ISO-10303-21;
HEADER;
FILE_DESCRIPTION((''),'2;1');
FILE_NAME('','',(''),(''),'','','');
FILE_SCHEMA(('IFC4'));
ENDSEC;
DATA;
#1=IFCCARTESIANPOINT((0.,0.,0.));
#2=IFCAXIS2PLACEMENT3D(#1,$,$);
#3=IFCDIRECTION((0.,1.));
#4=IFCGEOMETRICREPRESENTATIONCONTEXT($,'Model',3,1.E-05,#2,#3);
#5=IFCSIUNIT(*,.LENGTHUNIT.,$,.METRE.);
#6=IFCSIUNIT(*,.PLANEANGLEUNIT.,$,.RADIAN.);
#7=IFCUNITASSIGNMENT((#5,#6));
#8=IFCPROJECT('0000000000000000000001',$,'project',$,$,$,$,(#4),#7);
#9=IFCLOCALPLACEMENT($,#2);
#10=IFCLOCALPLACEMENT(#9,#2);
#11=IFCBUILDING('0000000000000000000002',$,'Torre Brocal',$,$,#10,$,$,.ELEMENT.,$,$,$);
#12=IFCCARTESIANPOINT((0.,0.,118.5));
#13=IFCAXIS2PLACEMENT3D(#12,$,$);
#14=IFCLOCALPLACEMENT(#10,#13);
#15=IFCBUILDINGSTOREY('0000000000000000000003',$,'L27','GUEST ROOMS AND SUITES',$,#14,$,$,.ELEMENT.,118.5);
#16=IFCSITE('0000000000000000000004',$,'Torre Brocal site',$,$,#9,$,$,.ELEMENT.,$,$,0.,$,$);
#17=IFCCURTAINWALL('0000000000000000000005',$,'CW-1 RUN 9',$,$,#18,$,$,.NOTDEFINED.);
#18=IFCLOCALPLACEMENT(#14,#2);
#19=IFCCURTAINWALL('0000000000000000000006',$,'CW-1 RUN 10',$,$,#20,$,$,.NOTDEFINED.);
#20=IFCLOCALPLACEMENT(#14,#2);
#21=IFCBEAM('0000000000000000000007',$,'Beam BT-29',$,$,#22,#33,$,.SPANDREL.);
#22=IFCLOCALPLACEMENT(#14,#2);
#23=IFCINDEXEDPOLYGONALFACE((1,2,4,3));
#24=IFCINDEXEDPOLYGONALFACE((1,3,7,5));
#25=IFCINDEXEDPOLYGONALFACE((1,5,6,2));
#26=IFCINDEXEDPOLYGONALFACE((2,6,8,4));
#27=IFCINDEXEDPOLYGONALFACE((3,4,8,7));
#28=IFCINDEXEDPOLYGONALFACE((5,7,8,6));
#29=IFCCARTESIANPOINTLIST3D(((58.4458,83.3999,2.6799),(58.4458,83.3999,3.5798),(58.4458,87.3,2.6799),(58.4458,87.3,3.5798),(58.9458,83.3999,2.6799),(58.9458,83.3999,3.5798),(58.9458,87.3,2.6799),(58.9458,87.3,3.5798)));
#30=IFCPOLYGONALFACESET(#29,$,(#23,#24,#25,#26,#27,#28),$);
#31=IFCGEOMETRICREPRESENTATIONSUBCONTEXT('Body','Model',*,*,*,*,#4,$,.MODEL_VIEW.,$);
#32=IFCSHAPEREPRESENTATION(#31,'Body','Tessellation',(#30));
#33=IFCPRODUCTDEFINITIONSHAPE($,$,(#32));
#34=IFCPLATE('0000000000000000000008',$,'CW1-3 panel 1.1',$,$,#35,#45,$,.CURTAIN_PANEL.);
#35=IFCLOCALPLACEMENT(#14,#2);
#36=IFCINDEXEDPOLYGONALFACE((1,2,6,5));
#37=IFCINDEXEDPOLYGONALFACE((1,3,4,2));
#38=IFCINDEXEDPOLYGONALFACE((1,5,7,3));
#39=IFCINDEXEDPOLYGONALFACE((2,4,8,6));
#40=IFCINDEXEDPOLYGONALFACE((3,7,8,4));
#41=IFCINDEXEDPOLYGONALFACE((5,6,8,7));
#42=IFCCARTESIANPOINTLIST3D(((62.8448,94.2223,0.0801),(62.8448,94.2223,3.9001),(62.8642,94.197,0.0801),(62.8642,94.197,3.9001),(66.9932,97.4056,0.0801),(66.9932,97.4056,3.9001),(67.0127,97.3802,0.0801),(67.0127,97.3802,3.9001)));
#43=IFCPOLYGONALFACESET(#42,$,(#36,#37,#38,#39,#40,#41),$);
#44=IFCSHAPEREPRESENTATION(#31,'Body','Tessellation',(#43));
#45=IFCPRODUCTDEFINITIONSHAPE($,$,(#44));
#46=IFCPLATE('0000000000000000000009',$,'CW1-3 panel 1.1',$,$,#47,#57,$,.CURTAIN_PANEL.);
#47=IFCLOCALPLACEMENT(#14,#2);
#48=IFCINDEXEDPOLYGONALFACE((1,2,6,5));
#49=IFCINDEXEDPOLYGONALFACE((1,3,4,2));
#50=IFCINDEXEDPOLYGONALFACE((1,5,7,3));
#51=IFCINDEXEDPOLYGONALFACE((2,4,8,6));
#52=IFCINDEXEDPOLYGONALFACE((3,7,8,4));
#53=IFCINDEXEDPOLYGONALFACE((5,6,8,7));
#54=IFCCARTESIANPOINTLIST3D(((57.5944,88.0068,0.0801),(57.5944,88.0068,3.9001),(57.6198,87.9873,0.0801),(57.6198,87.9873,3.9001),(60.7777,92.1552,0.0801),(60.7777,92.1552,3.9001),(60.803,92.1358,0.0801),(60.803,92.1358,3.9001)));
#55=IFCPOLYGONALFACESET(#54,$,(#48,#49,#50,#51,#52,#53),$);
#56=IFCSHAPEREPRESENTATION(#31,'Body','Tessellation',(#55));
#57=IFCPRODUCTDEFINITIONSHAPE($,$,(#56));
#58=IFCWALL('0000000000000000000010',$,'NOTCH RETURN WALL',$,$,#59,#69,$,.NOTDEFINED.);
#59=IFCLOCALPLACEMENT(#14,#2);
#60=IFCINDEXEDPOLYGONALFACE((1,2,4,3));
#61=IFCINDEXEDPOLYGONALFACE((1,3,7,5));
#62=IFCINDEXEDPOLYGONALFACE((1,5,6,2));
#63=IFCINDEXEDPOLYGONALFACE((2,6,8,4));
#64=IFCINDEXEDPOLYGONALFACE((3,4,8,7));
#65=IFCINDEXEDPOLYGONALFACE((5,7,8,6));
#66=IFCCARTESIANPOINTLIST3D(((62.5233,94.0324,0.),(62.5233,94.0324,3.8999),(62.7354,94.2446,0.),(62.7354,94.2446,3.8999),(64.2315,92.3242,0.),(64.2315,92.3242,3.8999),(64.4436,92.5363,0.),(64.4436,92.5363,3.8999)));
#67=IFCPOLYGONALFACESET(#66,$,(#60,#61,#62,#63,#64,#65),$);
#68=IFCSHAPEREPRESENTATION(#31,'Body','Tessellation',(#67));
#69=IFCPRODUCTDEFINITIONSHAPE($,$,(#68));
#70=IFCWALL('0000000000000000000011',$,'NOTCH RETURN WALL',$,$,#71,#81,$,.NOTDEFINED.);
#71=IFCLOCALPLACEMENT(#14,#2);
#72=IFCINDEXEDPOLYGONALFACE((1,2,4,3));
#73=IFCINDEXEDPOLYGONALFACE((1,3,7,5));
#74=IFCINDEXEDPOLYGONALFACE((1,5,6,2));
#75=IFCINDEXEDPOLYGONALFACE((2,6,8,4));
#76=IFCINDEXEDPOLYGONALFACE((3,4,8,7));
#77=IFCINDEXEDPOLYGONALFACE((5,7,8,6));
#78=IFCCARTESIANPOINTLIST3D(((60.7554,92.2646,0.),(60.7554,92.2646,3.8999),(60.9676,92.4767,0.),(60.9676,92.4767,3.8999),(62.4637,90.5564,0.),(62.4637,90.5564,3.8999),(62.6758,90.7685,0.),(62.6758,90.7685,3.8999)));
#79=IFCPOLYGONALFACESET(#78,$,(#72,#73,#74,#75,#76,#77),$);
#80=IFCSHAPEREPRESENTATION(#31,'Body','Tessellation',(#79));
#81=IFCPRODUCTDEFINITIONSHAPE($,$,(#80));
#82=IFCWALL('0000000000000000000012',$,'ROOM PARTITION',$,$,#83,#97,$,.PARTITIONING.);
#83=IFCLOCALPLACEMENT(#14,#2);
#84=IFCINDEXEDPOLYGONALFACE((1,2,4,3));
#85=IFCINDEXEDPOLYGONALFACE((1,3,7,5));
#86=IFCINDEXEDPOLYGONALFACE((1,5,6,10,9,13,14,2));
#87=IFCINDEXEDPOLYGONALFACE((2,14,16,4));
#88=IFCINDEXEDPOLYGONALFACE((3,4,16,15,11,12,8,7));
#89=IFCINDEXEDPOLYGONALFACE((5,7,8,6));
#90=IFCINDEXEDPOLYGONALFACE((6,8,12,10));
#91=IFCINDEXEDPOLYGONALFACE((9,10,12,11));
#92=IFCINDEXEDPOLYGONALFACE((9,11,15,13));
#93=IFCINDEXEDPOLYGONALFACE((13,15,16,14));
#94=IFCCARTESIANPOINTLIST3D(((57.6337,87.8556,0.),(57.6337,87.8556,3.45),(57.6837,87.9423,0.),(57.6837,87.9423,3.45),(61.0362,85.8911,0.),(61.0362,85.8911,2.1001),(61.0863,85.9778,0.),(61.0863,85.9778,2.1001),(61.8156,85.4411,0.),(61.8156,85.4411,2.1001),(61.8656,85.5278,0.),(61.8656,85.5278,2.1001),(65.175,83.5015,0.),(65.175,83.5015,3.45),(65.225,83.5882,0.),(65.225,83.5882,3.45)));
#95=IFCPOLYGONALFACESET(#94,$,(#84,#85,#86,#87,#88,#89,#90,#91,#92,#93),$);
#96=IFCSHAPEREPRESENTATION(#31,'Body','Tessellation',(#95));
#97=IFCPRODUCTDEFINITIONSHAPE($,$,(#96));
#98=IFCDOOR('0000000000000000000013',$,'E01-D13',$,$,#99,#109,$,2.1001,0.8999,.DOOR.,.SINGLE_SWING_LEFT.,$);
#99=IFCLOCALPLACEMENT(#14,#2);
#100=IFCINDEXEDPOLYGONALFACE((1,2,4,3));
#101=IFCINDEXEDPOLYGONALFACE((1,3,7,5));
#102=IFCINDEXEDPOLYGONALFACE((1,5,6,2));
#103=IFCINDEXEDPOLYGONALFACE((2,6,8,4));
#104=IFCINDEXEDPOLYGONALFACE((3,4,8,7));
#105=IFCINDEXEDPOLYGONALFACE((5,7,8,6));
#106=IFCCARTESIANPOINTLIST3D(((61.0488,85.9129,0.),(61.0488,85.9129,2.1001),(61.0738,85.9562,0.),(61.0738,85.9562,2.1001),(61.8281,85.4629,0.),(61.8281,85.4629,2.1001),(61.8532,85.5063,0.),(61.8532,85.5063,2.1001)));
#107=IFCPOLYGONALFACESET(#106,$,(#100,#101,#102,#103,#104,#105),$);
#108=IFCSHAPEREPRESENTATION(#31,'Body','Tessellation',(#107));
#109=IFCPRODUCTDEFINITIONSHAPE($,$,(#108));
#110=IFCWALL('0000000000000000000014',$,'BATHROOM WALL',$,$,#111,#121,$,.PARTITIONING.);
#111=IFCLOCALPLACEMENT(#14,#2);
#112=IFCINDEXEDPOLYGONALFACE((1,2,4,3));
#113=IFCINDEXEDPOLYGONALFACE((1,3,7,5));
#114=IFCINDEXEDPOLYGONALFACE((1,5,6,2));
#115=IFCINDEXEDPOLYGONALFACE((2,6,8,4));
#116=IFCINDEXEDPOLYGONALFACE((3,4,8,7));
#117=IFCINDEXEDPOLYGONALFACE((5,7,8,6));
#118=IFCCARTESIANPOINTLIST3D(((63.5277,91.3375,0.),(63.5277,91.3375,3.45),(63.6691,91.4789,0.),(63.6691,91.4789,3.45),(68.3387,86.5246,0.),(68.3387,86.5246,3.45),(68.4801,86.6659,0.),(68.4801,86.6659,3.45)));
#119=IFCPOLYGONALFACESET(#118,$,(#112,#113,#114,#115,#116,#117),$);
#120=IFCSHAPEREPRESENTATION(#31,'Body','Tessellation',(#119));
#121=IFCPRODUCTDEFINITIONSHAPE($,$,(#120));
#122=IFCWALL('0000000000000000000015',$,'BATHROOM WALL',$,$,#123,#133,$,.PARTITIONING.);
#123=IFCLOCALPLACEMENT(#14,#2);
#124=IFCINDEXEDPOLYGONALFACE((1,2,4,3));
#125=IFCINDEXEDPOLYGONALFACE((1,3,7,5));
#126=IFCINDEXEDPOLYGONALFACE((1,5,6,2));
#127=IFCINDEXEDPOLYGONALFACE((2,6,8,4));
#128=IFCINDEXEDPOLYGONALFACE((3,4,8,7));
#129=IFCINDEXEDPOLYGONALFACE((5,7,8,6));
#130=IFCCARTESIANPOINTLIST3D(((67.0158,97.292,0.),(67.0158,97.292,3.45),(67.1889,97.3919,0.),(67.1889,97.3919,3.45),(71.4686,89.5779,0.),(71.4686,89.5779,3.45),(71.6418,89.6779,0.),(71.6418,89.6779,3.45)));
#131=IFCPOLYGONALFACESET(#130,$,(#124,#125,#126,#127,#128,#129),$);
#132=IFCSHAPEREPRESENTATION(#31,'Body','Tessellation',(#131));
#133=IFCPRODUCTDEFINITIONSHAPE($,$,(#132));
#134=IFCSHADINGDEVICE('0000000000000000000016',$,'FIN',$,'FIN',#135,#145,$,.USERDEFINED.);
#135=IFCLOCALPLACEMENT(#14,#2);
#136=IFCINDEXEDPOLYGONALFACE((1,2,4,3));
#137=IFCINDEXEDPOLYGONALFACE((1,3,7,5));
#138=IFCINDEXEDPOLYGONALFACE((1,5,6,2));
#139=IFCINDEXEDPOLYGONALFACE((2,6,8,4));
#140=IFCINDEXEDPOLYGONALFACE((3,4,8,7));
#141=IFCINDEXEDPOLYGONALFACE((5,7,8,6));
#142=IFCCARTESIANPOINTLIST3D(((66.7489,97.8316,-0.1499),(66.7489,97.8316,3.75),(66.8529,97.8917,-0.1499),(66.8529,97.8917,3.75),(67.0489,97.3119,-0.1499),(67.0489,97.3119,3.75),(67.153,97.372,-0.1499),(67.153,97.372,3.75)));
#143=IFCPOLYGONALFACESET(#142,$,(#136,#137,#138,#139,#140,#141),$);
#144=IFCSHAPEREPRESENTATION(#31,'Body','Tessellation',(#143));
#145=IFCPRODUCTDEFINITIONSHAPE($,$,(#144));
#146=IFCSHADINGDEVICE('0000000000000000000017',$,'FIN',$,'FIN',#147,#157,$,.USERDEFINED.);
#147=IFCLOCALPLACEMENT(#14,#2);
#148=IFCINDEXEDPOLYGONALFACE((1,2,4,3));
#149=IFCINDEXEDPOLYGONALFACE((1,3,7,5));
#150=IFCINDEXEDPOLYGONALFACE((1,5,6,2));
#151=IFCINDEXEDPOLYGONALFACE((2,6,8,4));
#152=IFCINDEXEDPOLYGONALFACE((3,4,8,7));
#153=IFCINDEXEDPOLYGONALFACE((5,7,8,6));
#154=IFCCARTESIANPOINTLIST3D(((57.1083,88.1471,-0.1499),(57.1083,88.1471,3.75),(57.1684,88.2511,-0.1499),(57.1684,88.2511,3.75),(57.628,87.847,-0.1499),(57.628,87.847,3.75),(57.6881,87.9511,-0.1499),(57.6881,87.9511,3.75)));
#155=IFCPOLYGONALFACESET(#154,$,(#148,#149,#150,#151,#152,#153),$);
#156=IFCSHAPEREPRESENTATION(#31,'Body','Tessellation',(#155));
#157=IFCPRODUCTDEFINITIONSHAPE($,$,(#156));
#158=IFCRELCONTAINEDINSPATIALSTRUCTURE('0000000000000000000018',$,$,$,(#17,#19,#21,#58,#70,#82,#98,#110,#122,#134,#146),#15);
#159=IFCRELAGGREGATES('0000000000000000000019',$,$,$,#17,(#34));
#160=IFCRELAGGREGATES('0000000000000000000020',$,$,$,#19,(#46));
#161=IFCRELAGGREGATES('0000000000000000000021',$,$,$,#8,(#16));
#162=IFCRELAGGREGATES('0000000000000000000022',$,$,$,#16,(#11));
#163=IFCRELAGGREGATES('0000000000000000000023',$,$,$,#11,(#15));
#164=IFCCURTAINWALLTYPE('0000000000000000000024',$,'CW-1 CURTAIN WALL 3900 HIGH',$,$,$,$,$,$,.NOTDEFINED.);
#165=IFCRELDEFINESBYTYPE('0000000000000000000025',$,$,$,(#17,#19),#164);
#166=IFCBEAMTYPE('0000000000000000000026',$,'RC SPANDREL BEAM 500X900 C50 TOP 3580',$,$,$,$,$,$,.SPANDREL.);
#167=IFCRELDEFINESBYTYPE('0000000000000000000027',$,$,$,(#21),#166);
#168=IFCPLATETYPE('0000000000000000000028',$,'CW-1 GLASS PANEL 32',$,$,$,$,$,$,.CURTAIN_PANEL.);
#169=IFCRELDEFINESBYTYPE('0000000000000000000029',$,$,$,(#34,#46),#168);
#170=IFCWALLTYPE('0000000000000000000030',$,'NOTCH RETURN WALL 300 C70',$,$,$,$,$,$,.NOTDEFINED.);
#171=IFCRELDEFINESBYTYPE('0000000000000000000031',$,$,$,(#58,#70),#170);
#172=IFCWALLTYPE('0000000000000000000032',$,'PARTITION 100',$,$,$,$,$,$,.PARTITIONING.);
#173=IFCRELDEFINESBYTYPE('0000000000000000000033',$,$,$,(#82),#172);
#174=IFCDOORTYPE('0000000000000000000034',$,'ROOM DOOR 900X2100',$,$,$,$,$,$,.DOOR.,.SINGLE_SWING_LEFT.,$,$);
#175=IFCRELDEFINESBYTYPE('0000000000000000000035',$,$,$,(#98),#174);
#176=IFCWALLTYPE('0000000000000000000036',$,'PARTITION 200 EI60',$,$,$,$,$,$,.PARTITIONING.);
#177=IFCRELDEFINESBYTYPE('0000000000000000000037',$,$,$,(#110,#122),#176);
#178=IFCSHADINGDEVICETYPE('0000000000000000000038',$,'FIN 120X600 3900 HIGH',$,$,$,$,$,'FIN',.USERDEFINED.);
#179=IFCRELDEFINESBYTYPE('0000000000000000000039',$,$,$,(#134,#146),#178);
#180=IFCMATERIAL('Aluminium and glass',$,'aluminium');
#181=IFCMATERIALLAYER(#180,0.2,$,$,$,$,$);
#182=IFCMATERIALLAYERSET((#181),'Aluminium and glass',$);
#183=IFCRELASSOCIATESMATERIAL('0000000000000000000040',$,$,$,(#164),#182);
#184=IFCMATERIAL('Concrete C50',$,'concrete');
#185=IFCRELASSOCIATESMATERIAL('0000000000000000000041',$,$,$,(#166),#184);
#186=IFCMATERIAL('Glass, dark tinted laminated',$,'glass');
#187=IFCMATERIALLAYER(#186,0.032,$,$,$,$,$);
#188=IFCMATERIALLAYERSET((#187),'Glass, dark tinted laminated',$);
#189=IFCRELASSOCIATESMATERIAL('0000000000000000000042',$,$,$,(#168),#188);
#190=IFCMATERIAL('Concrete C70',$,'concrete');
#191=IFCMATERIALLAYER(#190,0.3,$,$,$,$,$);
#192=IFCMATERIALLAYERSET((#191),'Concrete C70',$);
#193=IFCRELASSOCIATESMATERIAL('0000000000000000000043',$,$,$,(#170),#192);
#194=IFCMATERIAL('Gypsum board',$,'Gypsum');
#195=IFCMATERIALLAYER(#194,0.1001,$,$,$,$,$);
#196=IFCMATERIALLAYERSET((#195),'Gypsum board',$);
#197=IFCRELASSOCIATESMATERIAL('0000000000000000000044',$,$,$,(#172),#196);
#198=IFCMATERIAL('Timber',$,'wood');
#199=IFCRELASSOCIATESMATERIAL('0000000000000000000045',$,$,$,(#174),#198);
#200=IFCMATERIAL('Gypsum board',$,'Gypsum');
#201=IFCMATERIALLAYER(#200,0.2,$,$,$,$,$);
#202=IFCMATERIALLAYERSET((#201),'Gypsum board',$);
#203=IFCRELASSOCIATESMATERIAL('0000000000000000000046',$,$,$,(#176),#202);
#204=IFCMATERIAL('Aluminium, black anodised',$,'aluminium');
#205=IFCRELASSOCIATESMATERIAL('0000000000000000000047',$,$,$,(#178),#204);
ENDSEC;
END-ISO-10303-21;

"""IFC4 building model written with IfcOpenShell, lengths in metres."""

from ifc_helpers import new_model, si_unit, direction, frame, frame_2d, origin, origin_2d, place, context, subcontext, project, spatial, rectangle, extrude, material, layer, layer_set, material_profile, profile_set, type_object, element, fill, aggregate, save


model = new_model("IFC4")

# Units and contexts
model_context = context("Model", 3, precision=1e-05, world=origin(), true_north=direction((0.0, 1.0)))
body_context = subcontext(model_context, "Body", "Model", "MODEL_VIEW")
ifc_project = project(units=[si_unit("LENGTHUNIT", "METRE"), si_unit("PLANEANGLEUNIT", "RADIAN")], contexts=[model_context])

# Site, building, storey
site_placement = place(None, origin())
site = spatial("IfcSite", under=ifc_project, at=site_placement, Name="Torre Brocal site", CompositionType="ELEMENT", RefElevation=0.0)
building_placement = place(site_placement, origin())
building = spatial("IfcBuilding", under=site, at=building_placement, Name="Torre Brocal", CompositionType="ELEMENT")
storey_placement = place(building_placement, frame((0.0, 0.0, 118.5)))
storey = spatial("IfcBuildingStorey", under=building, at=storey_placement, Name="L27", Description="GUEST ROOMS AND SUITES", CompositionType="ELEMENT", Elevation=118.5)

# Shared definitions
ifc_material_1 = material(Name="Aluminium and glass", Category="aluminium")
ifc_layer_1 = layer(ifc_material_1, 0.2)
ifc_layer_set_1 = layer_set([ifc_layer_1], Name="Aluminium and glass")
curtain_wall_type = type_object("IfcCurtainWallType", Name="CW-1 CURTAIN WALL 3900 HIGH", PredefinedType="NOTDEFINED", material=ifc_layer_set_1)

# Curtain walls
curtain_wall_1_placement = place(storey_placement, origin())
curtain_wall_1 = element("IfcCurtainWall", 1, at=curtain_wall_1_placement, inside=storey, type_object=curtain_wall_type, Name="CW-1 RUN 9", PredefinedType="NOTDEFINED")
curtain_wall_2_placement = place(storey_placement, origin())
curtain_wall_2 = element("IfcCurtainWall", 2, at=curtain_wall_2_placement, inside=storey, type_object=curtain_wall_type, Name="CW-1 RUN 10", PredefinedType="NOTDEFINED")

# Beam
ifc_material_2 = material(Name="Concrete C50", Category="concrete")
ifc_material_profile_1 = material_profile(ifc_material_2, rectangle(XDim=0.5, YDim=0.8999, at=origin_2d()), Name="RC 500X900")
ifc_profile_set_1 = profile_set([ifc_material_profile_1], Name="Concrete C50")
beam_type_1 = type_object("IfcBeamType", Name="RC SPANDREL BEAM 500X900 C50 TOP 3580", PredefinedType="SPANDREL", material=ifc_profile_set_1)
beam_1_placement = place(storey_placement, frame((58.6958, 87.3, 3.1299), z_axis=(0.0, -1.0, 0.0), x_axis=(1.0, 0.0, 0.0)))
element("IfcBeam", 3, at=beam_1_placement, inside=storey, type_object=beam_type_1, Name="Beam BT-29", PredefinedType="SPANDREL", context=body_context, shape_type="SweptSolid", body=[
    extrude(rectangle(XDim=0.5, YDim=0.8999, at=origin_2d()), origin(), (0.0, 0.0, 1.0), 3.9001),
])

# Plates
ifc_material_3 = material(Name="Glass, dark tinted laminated", Category="glass")
ifc_layer_2 = layer(ifc_material_3, 0.032)
ifc_layer_set_2 = layer_set([ifc_layer_2], Name="Glass, dark tinted laminated")
plate_type = type_object("IfcPlateType", Name="CW-1 GLASS PANEL 32", PredefinedType="CURTAIN_PANEL", material=ifc_layer_set_2)
plate_1_placement = place(storey_placement, frame((64.9287, 95.8013, 0.0801), z_axis=(0.0, 0.0, 1.0), x_axis=(-0.793353, -0.608761, 0.0)))
plate_1 = element("IfcPlate", 4, at=plate_1_placement, type_object=plate_type, Name="CW1-3 panel 1.1", PredefinedType="CURTAIN_PANEL", context=body_context, shape_type="SweptSolid", body=[
    extrude(rectangle(XDim=5.229, YDim=0.032, at=origin_2d()), origin(), (0.0, 0.0, 1.0), 3.8201),
])
aggregate(curtain_wall_1, [plate_1])
plate_2_placement = place(storey_placement, frame((59.1987, 90.0713, 0.0801), z_axis=(0.0, 0.0, 1.0), x_axis=(-0.608761, -0.793353, 0.0)))
plate_2 = element("IfcPlate", 5, at=plate_2_placement, type_object=plate_type, Name="CW1-3 panel 1.1", PredefinedType="CURTAIN_PANEL", context=body_context, shape_type="SweptSolid", body=[
    extrude(rectangle(XDim=5.229, YDim=0.032, at=origin_2d()), origin(), (0.0, 0.0, 1.0), 3.8201),
])
aggregate(curtain_wall_2, [plate_2])

# Walls
ifc_material_4 = material(Name="Concrete C70", Category="concrete")
ifc_layer_3 = layer(ifc_material_4, 0.3)
ifc_layer_set_3 = layer_set([ifc_layer_3], Name="Concrete C70")
wall_type_1 = type_object("IfcWallType", Name="NOTCH RETURN WALL 300 C70", PredefinedType="NOTDEFINED", material=ifc_layer_set_3)
for number, where, z_axis, x_axis, name in (
    (6, (64.3376, 92.4302, 0.0), (0.0, 0.0, 1.0), (-0.707107, 0.707107, 0.0), "NOTCH RETURN WALL"),
    (7, (62.5698, 90.6624, 0.0), (0.0, 0.0, 1.0), (-0.707107, 0.707107, 0.0), "NOTCH RETURN WALL"),
):
    element("IfcWall", number, at=place(storey_placement, frame(where, z_axis=z_axis, x_axis=x_axis)), inside=storey, type_object=wall_type_1, Name=name, PredefinedType="NOTDEFINED", context=body_context, shape_type="SweptSolid", body=[
        extrude(rectangle(XDim=2.4158, YDim=0.3, at=frame_2d((1.208, 0.0))), origin(), (0.0, 0.0, 1.0), 3.8999),
    ])

# Wall, opening, door
ifc_material_5 = material(Name="Gypsum board", Category="Gypsum")
ifc_layer_4 = layer(ifc_material_5, 0.1001)
ifc_layer_set_4 = layer_set([ifc_layer_4], Name="Gypsum board")
wall_type_2 = type_object("IfcWallType", Name="PARTITION 100", PredefinedType="PARTITIONING", material=ifc_layer_set_4)
wall_1_placement = place(storey_placement, frame((57.6587, 87.8989, 0.0), z_axis=(0.0, 0.0, 1.0), x_axis=(0.866023, -0.500005, 0.0)))
wall_1 = element("IfcWall", 8, at=wall_1_placement, inside=storey, type_object=wall_type_2, Name="ROOM PARTITION", PredefinedType="PARTITIONING", context=body_context, shape_type="SweptSolid", body=[
    extrude(rectangle(XDim=8.708, YDim=0.1001, at=frame_2d((4.354, 0.0))), origin(), (0.0, 0.0, 1.0), 3.45),
])
opening_placement = place(wall_1_placement, frame((3.929, 0.0, 0.0)))
opening = element("IfcOpeningElement", 9, at=opening_placement, cuts=wall_1, PredefinedType="OPENING", context=body_context, shape_type="SweptSolid", body=[
    extrude(rectangle(XDim=0.8999, YDim=2.1001, at=frame_2d((0.45, 1.05))), frame((0.0, 0.0601, 0.0), z_axis=(0.0, -1.0, 0.0), x_axis=(1.0, 0.0, 0.0)), (0.0, 0.0, 1.0), 0.1201),
])
ifc_material_6 = material(Name="Timber", Category="wood")
door_type = type_object("IfcDoorType", Name="ROOM DOOR 900X2100", OperationType="SINGLE_SWING_LEFT", PredefinedType="DOOR", material=ifc_material_6)
door_placement = place(opening_placement, frame((0.8999, 0.0, 0.0), z_axis=(0.0, 0.0, 1.0), x_axis=(-1.0, 0.0, 0.0)))
door = element("IfcDoor", 10, at=door_placement, inside=storey, type_object=door_type, Name="E01-D13", OperationType="SINGLE_SWING_LEFT", OverallHeight=2.1001, OverallWidth=0.8999, PredefinedType="DOOR", context=body_context, shape_type="SweptSolid", body=[
    extrude(rectangle(XDim=0.8999, YDim=2.1001, at=frame_2d((0.45, 1.05))), frame((0.0, 0.0249, 0.0), z_axis=(0.0, -1.0, 0.0), x_axis=(1.0, 0.0, 0.0)), (0.0, 0.0, 1.0), 0.05),
])
fill(opening, door)

# Walls
ifc_material_7 = material(Name="Gypsum board", Category="Gypsum")
ifc_layer_5 = layer(ifc_material_7, 0.2)
ifc_layer_set_5 = layer_set([ifc_layer_5], Name="Gypsum board")
wall_type_3 = type_object("IfcWallType", Name="PARTITION 200 EI60", PredefinedType="PARTITIONING", material=ifc_layer_set_5)
wall_2_placement = place(storey_placement, frame((63.5984, 91.4082, 0.0), z_axis=(0.0, 0.0, 1.0), x_axis=(0.706963, -0.70725, 0.0)))
element("IfcWall", 11, at=wall_2_placement, inside=storey, type_object=wall_type_3, Name="BATHROOM WALL", PredefinedType="PARTITIONING", context=body_context, shape_type="SweptSolid", body=[
    extrude(rectangle(XDim=6.8052, YDim=0.2, at=frame_2d((3.4026, 0.0))), origin(), (0.0, 0.0, 1.0), 3.45),
])
wall_3_placement = place(storey_placement, frame((67.1023, 97.342, 0.0), z_axis=(0.0, 0.0, 1.0), x_axis=(0.499927, -0.866067, 0.0)))
element("IfcWall", 12, at=wall_3_placement, inside=storey, type_object=wall_type_3, Name="BATHROOM WALL", PredefinedType="PARTITIONING", context=body_context, shape_type="SweptSolid", body=[
    extrude(rectangle(XDim=8.907, YDim=0.2, at=frame_2d((4.4536, 0.0))), origin(), (0.0, 0.0, 1.0), 3.45),
])

# Shading devices
ifc_material_8 = material(Name="Aluminium, black anodised", Category="aluminium")
ifc_material_profile_2 = material_profile(ifc_material_8, rectangle(XDim=0.1201, YDim=0.6001, at=origin_2d()), Name="FIN 120X600 3900 HIGH")
ifc_profile_set_2 = profile_set([ifc_material_profile_2], Name="Aluminium, black anodised")
shading_device_type = type_object("IfcShadingDeviceType", Name="FIN 120X600 3900 HIGH", ElementType="FIN", PredefinedType="USERDEFINED", material=ifc_profile_set_2)
for number, where, z_axis, x_axis, name in (
    (13, (66.9509, 97.6018, -0.1499), (0.0, 0.0, 1.0), (-0.866025, -0.5, 0.0), "FIN"),
    (14, (57.3982, 88.0491, -0.1499), (0.0, 0.0, 1.0), (-0.5, -0.866025, 0.0), "FIN"),
):
    element("IfcShadingDevice", number, at=place(storey_placement, frame(where, z_axis=z_axis, x_axis=x_axis)), inside=storey, type_object=shading_device_type, Name=name, ObjectType="FIN", PredefinedType="USERDEFINED", context=body_context, shape_type="SweptSolid", body=[
        extrude(rectangle(XDim=0.1201, YDim=0.6001, at=origin_2d()), origin(), (0.0, 0.0, 1.0), 3.8999),
    ])

save(model, "model.ifc")
